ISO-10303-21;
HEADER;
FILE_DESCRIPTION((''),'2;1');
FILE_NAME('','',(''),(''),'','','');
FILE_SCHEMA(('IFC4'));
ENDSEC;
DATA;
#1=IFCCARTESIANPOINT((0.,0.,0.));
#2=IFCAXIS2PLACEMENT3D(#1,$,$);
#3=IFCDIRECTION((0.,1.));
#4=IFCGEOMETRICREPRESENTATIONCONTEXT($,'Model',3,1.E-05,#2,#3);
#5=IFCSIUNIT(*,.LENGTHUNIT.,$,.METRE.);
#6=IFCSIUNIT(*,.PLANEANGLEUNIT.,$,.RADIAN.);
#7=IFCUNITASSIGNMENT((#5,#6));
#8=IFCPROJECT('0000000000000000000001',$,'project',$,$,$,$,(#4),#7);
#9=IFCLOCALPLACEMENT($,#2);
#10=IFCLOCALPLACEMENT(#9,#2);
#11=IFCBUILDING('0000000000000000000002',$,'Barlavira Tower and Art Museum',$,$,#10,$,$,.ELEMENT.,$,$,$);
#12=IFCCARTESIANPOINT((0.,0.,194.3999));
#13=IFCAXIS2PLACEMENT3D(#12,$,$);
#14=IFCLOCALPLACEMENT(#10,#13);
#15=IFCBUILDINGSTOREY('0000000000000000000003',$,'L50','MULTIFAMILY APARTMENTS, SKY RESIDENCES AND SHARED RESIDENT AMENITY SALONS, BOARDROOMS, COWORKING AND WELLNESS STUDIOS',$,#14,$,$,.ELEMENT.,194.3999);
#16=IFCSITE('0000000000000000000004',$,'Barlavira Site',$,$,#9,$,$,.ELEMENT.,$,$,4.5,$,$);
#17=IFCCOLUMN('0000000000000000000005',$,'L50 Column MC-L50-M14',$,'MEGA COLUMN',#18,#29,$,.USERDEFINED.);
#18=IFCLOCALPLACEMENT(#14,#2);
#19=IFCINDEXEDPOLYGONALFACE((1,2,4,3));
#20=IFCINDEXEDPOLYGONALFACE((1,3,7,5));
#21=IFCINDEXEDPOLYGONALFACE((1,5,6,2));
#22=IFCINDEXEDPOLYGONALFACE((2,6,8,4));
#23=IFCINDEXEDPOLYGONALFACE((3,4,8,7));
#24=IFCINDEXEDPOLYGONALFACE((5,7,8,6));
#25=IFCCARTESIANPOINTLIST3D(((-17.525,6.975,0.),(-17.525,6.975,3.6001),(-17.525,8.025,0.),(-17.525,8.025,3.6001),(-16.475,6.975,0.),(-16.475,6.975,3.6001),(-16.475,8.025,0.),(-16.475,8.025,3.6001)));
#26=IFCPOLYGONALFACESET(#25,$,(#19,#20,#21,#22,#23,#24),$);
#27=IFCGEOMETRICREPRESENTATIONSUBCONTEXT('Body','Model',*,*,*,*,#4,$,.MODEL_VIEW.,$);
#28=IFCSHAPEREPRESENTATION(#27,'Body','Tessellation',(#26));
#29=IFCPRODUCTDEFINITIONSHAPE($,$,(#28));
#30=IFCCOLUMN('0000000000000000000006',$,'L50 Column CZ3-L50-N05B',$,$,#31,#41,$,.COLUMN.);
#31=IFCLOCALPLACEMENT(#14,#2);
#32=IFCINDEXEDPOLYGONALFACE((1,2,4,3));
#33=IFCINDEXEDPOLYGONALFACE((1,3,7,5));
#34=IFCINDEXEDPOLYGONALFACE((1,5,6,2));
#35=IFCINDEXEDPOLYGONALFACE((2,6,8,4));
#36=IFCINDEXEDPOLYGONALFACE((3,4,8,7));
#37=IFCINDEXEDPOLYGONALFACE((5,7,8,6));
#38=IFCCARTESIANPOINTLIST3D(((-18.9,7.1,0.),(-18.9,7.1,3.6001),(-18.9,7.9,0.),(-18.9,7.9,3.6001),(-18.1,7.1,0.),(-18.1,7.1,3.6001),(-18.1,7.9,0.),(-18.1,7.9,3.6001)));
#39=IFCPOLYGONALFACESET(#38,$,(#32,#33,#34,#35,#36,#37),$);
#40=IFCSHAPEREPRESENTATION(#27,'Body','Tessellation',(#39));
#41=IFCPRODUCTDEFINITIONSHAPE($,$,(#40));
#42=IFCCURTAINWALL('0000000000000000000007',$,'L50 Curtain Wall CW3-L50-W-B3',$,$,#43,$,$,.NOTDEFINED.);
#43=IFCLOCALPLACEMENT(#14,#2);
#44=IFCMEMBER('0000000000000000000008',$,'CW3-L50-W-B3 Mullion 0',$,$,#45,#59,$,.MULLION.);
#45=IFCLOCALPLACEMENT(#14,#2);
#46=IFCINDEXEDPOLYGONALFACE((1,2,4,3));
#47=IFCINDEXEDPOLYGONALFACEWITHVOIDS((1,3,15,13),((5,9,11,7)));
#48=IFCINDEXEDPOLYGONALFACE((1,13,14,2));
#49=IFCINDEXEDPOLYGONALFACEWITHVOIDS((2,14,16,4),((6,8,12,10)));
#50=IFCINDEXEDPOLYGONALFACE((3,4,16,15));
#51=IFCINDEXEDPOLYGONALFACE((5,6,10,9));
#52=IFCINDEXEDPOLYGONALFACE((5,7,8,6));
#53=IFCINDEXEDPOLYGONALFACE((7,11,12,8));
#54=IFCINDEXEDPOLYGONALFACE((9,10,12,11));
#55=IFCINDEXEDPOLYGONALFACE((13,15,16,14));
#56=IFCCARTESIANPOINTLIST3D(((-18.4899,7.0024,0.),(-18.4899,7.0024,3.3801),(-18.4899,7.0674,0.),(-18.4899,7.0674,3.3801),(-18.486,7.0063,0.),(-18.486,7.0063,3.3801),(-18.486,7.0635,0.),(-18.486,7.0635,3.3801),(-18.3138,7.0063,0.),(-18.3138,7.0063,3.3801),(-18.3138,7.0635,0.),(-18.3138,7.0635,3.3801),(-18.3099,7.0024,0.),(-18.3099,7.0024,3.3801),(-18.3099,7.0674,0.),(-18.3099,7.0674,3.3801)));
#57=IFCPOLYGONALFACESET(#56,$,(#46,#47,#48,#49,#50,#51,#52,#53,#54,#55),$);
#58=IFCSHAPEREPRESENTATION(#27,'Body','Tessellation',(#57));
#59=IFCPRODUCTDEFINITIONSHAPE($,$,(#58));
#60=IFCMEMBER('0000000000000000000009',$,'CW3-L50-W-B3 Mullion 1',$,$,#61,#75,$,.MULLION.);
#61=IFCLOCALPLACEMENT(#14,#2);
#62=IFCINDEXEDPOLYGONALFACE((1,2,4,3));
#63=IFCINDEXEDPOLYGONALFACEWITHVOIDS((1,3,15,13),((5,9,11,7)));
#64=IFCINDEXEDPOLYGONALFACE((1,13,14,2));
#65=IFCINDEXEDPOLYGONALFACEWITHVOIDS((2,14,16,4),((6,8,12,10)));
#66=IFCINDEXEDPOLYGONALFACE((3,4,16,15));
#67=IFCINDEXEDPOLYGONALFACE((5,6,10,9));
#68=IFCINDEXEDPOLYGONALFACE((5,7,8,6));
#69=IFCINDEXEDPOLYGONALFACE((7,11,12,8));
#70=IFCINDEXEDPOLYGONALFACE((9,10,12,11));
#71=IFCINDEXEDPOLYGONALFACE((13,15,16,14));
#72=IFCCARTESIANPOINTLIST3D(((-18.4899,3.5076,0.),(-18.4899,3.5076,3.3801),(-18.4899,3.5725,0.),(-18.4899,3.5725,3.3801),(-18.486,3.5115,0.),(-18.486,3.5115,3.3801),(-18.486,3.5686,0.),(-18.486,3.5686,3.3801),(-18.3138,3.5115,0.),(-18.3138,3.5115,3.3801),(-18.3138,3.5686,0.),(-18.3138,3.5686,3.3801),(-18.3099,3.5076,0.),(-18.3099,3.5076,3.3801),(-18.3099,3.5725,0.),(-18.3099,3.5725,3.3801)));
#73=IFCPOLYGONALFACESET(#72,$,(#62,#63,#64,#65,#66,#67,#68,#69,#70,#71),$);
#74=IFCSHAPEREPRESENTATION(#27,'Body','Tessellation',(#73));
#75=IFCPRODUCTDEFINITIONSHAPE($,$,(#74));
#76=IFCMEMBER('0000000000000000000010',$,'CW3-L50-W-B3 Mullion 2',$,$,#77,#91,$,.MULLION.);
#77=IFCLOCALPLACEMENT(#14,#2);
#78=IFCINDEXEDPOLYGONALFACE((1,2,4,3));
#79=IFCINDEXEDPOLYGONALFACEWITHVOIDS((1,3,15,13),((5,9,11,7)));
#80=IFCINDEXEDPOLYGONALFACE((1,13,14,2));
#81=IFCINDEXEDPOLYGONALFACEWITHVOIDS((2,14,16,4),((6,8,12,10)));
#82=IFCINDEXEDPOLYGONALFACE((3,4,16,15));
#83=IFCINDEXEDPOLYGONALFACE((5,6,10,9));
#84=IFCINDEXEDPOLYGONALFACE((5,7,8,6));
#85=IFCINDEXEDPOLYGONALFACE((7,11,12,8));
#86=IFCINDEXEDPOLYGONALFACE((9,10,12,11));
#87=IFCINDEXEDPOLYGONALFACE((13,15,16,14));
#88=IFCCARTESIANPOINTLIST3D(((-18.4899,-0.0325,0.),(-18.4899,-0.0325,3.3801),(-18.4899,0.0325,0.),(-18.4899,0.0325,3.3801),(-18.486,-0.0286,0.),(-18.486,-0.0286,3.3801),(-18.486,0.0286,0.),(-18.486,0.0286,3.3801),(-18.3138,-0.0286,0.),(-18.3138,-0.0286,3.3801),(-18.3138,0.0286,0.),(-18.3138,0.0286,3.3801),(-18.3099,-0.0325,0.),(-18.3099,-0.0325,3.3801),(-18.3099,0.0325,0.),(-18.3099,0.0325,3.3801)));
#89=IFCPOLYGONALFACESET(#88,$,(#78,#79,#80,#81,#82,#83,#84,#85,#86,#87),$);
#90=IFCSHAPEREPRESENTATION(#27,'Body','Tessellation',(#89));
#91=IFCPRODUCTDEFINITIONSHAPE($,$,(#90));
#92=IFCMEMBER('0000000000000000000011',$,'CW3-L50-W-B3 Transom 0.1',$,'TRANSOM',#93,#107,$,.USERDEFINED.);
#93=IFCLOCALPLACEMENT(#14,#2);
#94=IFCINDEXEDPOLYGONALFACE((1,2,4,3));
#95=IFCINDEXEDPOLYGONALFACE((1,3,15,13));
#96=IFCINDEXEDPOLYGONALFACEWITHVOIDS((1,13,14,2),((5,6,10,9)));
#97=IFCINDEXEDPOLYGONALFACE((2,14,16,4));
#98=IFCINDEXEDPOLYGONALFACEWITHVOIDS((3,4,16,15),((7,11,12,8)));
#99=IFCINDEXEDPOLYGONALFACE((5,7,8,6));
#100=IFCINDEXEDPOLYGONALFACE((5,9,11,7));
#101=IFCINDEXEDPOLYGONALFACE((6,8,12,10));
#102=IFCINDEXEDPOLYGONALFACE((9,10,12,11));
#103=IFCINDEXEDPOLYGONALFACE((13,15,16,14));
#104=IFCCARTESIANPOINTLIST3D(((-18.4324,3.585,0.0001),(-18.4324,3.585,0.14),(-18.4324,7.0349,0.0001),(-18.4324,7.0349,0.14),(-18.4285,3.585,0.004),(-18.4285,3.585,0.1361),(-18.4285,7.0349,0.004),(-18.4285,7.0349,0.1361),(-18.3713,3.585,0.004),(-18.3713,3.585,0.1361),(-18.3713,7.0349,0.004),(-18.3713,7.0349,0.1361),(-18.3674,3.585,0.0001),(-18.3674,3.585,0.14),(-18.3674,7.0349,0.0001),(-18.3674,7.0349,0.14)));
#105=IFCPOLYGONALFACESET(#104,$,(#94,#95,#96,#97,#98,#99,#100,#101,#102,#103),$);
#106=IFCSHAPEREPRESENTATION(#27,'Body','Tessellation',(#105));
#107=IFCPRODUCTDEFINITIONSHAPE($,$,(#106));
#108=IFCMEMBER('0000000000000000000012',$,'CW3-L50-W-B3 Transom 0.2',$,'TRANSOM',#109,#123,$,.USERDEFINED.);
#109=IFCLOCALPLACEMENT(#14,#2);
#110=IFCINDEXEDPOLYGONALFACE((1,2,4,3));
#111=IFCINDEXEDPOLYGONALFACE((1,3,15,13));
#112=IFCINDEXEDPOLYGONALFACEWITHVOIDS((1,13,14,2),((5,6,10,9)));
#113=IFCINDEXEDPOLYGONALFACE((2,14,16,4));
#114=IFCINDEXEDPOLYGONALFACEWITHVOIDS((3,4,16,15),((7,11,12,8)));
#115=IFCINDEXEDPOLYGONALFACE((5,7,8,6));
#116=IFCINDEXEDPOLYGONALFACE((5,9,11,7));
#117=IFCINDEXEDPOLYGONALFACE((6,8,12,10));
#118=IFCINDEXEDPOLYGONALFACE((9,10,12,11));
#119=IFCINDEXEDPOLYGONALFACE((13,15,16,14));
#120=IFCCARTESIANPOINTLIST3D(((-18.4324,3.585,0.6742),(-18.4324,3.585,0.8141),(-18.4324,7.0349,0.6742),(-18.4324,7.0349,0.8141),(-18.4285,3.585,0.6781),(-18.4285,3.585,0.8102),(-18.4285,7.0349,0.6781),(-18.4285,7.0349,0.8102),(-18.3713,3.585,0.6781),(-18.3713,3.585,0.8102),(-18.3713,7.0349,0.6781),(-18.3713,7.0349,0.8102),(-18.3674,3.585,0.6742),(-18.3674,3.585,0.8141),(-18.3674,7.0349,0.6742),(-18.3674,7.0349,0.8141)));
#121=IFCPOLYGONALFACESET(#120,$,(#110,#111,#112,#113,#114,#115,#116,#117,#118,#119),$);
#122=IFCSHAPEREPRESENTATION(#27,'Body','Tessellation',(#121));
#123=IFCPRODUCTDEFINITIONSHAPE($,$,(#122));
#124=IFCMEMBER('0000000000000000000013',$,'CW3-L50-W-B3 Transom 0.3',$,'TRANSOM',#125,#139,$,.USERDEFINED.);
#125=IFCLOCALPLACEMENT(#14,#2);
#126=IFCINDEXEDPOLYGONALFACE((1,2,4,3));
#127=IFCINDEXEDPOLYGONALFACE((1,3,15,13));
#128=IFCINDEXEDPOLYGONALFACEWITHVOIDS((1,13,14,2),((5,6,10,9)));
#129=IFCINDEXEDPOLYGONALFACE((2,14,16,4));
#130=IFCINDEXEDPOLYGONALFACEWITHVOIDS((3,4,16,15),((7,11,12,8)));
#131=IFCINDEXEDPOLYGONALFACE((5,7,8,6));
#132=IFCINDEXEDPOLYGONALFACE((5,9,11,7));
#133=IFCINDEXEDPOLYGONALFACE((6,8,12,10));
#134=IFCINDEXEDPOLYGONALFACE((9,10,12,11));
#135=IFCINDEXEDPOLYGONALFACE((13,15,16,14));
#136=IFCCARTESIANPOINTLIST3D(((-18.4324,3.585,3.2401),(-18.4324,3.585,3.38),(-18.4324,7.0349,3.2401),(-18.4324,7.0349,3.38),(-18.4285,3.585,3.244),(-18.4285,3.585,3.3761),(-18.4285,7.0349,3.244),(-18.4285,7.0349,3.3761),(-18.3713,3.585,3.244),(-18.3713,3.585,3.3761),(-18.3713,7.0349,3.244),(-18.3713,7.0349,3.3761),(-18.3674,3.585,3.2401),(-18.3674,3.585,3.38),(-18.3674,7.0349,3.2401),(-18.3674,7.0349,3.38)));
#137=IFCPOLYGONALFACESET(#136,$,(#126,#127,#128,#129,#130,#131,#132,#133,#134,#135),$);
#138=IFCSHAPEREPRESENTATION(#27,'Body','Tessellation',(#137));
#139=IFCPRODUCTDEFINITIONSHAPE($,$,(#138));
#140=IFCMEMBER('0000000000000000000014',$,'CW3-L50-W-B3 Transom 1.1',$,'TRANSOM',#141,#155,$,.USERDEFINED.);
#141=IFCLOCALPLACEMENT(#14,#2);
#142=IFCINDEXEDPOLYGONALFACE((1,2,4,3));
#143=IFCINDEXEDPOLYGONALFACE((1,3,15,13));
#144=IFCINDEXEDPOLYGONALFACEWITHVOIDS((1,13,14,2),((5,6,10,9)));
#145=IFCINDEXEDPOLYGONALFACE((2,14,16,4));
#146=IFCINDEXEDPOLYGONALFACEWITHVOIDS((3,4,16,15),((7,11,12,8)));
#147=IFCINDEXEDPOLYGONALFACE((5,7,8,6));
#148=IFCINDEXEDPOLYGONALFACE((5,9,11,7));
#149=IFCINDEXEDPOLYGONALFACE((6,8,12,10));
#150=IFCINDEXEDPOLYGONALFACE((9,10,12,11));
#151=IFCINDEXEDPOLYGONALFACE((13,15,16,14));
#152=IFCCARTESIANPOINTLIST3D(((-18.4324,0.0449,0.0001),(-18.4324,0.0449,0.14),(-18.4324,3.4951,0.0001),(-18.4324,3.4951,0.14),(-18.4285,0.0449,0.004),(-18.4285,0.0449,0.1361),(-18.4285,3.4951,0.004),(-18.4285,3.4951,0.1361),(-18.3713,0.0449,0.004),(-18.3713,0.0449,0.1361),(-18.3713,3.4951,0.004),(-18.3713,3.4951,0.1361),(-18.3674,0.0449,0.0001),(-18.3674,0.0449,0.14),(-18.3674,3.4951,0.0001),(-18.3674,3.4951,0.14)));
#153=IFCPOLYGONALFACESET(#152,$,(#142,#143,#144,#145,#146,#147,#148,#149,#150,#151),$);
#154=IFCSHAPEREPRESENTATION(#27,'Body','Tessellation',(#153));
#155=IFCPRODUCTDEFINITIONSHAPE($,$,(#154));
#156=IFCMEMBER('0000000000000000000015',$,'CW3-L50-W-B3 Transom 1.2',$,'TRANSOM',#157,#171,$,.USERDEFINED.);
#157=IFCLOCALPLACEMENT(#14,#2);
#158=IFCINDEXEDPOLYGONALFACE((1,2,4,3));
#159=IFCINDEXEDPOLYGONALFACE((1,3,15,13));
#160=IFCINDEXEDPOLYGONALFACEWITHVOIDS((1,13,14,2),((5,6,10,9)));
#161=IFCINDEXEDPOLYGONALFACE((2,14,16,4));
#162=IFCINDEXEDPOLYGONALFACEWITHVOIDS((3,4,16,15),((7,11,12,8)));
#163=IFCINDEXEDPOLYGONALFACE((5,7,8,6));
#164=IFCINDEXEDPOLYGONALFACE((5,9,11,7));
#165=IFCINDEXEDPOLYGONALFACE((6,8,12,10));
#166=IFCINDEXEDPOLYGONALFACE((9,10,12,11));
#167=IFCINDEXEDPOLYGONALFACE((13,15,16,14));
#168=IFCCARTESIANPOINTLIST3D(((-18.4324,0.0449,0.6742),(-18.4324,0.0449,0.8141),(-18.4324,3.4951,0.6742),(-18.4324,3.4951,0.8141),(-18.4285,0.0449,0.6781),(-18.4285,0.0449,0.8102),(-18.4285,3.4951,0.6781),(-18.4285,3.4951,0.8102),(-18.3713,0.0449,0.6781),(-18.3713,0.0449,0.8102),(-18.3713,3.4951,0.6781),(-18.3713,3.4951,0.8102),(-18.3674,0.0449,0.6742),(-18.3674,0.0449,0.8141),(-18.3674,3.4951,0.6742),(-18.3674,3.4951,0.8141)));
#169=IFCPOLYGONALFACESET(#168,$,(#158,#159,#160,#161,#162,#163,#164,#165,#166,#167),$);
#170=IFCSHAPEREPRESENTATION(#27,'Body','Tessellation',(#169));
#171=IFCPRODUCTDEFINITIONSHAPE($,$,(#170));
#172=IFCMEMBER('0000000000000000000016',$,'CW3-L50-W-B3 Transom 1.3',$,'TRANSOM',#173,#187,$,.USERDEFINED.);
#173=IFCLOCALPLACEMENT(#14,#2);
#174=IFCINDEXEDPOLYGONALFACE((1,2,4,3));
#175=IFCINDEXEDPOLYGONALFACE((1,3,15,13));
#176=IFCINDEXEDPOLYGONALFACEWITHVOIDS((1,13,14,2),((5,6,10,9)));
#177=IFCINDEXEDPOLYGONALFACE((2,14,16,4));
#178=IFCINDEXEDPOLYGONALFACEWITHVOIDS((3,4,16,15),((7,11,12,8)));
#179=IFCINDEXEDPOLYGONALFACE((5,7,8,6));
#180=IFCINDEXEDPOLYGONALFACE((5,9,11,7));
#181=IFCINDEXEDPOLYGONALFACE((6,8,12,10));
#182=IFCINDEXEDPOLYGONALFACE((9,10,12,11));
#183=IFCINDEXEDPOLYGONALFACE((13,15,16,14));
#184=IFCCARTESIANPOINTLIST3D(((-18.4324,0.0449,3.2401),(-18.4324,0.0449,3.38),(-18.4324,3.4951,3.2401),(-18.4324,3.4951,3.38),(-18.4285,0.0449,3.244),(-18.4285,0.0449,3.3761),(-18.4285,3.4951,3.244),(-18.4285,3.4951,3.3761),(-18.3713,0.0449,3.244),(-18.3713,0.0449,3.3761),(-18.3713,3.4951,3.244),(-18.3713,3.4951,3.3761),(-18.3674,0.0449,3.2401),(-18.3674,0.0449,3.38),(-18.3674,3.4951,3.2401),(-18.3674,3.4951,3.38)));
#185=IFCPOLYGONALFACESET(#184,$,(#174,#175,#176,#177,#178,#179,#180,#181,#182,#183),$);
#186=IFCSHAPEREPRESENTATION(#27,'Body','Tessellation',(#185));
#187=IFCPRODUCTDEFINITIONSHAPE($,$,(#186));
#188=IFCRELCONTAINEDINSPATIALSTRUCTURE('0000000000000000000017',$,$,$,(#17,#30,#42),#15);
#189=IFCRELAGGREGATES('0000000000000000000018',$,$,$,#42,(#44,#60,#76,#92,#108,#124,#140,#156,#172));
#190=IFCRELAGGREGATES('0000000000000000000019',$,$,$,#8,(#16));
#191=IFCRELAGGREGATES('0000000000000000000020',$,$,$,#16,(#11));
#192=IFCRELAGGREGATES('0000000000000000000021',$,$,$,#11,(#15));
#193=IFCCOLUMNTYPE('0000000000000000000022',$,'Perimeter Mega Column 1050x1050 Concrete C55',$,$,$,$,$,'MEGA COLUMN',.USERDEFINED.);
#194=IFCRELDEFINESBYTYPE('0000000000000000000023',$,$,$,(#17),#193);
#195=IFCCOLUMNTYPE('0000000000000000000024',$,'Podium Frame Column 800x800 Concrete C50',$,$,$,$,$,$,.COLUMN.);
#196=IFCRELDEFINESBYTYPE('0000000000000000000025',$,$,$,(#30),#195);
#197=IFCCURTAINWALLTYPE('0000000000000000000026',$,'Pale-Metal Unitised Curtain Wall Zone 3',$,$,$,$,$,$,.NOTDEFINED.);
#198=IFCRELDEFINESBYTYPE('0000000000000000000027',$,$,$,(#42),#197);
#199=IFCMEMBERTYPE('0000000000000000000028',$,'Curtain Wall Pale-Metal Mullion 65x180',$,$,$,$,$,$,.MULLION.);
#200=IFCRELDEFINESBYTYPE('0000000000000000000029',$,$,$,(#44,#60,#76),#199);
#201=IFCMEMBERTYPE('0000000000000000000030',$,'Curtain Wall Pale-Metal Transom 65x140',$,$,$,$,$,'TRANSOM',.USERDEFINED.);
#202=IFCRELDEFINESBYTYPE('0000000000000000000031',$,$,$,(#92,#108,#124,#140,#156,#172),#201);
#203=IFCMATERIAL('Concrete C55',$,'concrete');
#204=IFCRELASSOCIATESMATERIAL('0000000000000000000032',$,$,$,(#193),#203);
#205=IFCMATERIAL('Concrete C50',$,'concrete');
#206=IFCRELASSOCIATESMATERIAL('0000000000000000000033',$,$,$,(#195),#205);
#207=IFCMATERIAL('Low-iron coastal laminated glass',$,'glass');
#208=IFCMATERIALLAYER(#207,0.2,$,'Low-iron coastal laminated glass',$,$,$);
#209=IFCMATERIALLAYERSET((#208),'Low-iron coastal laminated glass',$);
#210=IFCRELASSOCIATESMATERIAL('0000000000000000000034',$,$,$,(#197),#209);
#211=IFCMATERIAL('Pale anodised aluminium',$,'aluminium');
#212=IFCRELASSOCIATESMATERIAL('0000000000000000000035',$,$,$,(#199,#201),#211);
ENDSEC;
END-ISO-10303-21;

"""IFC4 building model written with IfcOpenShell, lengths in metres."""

from ifc_helpers import new_model, si_unit, direction, frame, origin, origin_2d, place, context, subcontext, project, spatial, rectangle, hollow_rectangle, extrude, material, layer, layer_set, material_profile, profile_set, type_object, element, aggregate, save


model = new_model("IFC4")

# Units and contexts
model_context = context("Model", 3, precision=1e-05, world=origin(), true_north=direction((0.0, 1.0)))
body_context = subcontext(model_context, "Body", "Model", "MODEL_VIEW")
ifc_project = project(units=[si_unit("LENGTHUNIT", "METRE"), si_unit("PLANEANGLEUNIT", "RADIAN")], contexts=[model_context])

# Site, building, storey
site_placement = place(None, origin())
site = spatial("IfcSite", under=ifc_project, at=site_placement, Name="Barlavira Site", CompositionType="ELEMENT", RefElevation=4.5)
building_placement = place(site_placement, origin())
building = spatial("IfcBuilding", under=site, at=building_placement, Name="Barlavira Tower and Art Museum", CompositionType="ELEMENT")
storey_placement = place(building_placement, frame((0.0, 0.0, 194.3999)))
storey = spatial("IfcBuildingStorey", under=building, at=storey_placement, Name="L50", Description="MULTIFAMILY APARTMENTS, SKY RESIDENCES AND SHARED RESIDENT AMENITY SALONS, BOARDROOMS, COWORKING AND WELLNESS STUDIOS", CompositionType="ELEMENT", Elevation=194.3999)

# Columns
ifc_material_1 = material(Name="Concrete C55", Category="concrete")
ifc_material_profile_1 = material_profile(ifc_material_1, rectangle(XDim=1.05, YDim=1.05, at=origin_2d()), Name="RC-COL 1050x1050")
ifc_profile_set_1 = profile_set([ifc_material_profile_1], Name="Concrete C55")
column_type_1 = type_object("IfcColumnType", Name="Perimeter Mega Column 1050x1050 Concrete C55", ElementType="MEGA COLUMN", PredefinedType="USERDEFINED", material=ifc_profile_set_1)
column_1_placement = place(storey_placement, frame((-17.0, 7.5, 0.0), z_axis=(0.0, 0.0, 1.0), x_axis=(1.0, 0.0, 0.0)))
element("IfcColumn", 1, at=column_1_placement, inside=storey, type_object=column_type_1, Name="L50 Column MC-L50-M14", ObjectType="MEGA COLUMN", PredefinedType="USERDEFINED", context=body_context, shape_type="SweptSolid", body=[
    extrude(rectangle(XDim=1.05, YDim=1.05, at=origin_2d()), origin(), (0.0, 0.0, 1.0), 3.6001),
])
ifc_material_2 = material(Name="Concrete C50", Category="concrete")
ifc_material_profile_2 = material_profile(ifc_material_2, rectangle(XDim=0.8, YDim=0.8, at=origin_2d()), Name="RC-COL 800x800")
ifc_profile_set_2 = profile_set([ifc_material_profile_2], Name="Concrete C50")
column_type_2 = type_object("IfcColumnType", Name="Podium Frame Column 800x800 Concrete C50", PredefinedType="COLUMN", material=ifc_profile_set_2)
column_2_placement = place(storey_placement, frame((-18.5, 7.5, 0.0), z_axis=(0.0, 0.0, 1.0), x_axis=(1.0, 0.0, 0.0)))
element("IfcColumn", 2, at=column_2_placement, inside=storey, type_object=column_type_2, Name="L50 Column CZ3-L50-N05B", PredefinedType="COLUMN", context=body_context, shape_type="SweptSolid", body=[
    extrude(rectangle(XDim=0.8, YDim=0.8, at=origin_2d()), origin(), (0.0, 0.0, 1.0), 3.6001),
])

# Curtain wall, members
ifc_material_3 = material(Name="Low-iron coastal laminated glass", Category="glass")
ifc_layer_1 = layer(ifc_material_3, 0.2, Name="Low-iron coastal laminated glass")
ifc_layer_set_1 = layer_set([ifc_layer_1], Name="Low-iron coastal laminated glass")
curtain_wall_type = type_object("IfcCurtainWallType", Name="Pale-Metal Unitised Curtain Wall Zone 3", PredefinedType="NOTDEFINED", material=ifc_layer_set_1)
curtain_wall_placement = place(storey_placement, origin())
curtain_wall = element("IfcCurtainWall", 3, at=curtain_wall_placement, inside=storey, type_object=curtain_wall_type, Name="L50 Curtain Wall CW3-L50-W-B3", PredefinedType="NOTDEFINED")
ifc_material_4 = material(Name="Pale anodised aluminium", Category="aluminium")
ifc_material_profile_3 = material_profile(ifc_material_4, hollow_rectangle(XDim=0.0649, YDim=0.1799, WallThickness=0.0039, at=origin_2d()), Name="ALU-MULL 65x180x4")
ifc_profile_set_3 = profile_set([ifc_material_profile_3], Name="Pale anodised aluminium")
member_type_1 = type_object("IfcMemberType", Name="Curtain Wall Pale-Metal Mullion 65x180", PredefinedType="MULLION", material=ifc_profile_set_3)
member_1_placement = place(storey_placement, frame((-18.3999, 7.0349, 0.0), z_axis=(0.0, 0.0, 1.0), x_axis=(0.0, -1.0, 0.0)))
member_1 = element("IfcMember", 4, at=member_1_placement, type_object=member_type_1, Name="CW3-L50-W-B3 Mullion 0", PredefinedType="MULLION", context=body_context, shape_type="SweptSolid", body=[
    extrude(hollow_rectangle(XDim=0.0649, YDim=0.1799, WallThickness=0.0039, at=origin_2d()), origin(), (0.0, 0.0, 1.0), 3.3801),
])
member_2_placement = place(storey_placement, frame((-18.3999, 3.54, 0.0), z_axis=(0.0, 0.0, 1.0), x_axis=(0.0, -1.0, 0.0)))
member_2 = element("IfcMember", 5, at=member_2_placement, type_object=member_type_1, Name="CW3-L50-W-B3 Mullion 1", PredefinedType="MULLION", context=body_context, shape_type="SweptSolid", body=[
    extrude(hollow_rectangle(XDim=0.0649, YDim=0.1799, WallThickness=0.0039, at=origin_2d()), origin(), (0.0, 0.0, 1.0), 3.3801),
])
member_3_placement = place(storey_placement, frame((-18.3999, 0.0, 0.0), z_axis=(0.0, 0.0, 1.0), x_axis=(0.0, -1.0, 0.0)))
member_3 = element("IfcMember", 6, at=member_3_placement, type_object=member_type_1, Name="CW3-L50-W-B3 Mullion 2", PredefinedType="MULLION", context=body_context, shape_type="SweptSolid", body=[
    extrude(hollow_rectangle(XDim=0.0649, YDim=0.1799, WallThickness=0.0039, at=origin_2d()), origin(), (0.0, 0.0, 1.0), 3.3801),
])
ifc_material_profile_4 = material_profile(ifc_material_4, hollow_rectangle(XDim=0.0649, YDim=0.1399, WallThickness=0.0039, at=origin_2d()), Name="ALU-TRAN 65x140x4")
ifc_profile_set_4 = profile_set([ifc_material_profile_4], Name="Pale anodised aluminium")
member_type_2 = type_object("IfcMemberType", Name="Curtain Wall Pale-Metal Transom 65x140", ElementType="TRANSOM", PredefinedType="USERDEFINED", material=ifc_profile_set_4)
member_4_placement = place(storey_placement, frame((-18.3999, 7.0349, 0.0701), z_axis=(0.0, -1.0, 0.0), x_axis=(1.0, 0.0, 0.0)))
member_4 = element("IfcMember", 7, at=member_4_placement, type_object=member_type_2, Name="CW3-L50-W-B3 Transom 0.1", ObjectType="TRANSOM", PredefinedType="USERDEFINED", context=body_context, shape_type="SweptSolid", body=[
    extrude(hollow_rectangle(XDim=0.0649, YDim=0.1399, WallThickness=0.0039, at=origin_2d()), origin(), (0.0, 0.0, 1.0), 3.45),
])
member_5_placement = place(storey_placement, frame((-18.3999, 7.0349, 0.7441), z_axis=(0.0, -1.0, 0.0), x_axis=(1.0, 0.0, 0.0)))
member_5 = element("IfcMember", 8, at=member_5_placement, type_object=member_type_2, Name="CW3-L50-W-B3 Transom 0.2", ObjectType="TRANSOM", PredefinedType="USERDEFINED", context=body_context, shape_type="SweptSolid", body=[
    extrude(hollow_rectangle(XDim=0.0649, YDim=0.1399, WallThickness=0.0039, at=origin_2d()), origin(), (0.0, 0.0, 1.0), 3.45),
])
member_6_placement = place(storey_placement, frame((-18.3999, 7.0349, 3.3101), z_axis=(0.0, -1.0, 0.0), x_axis=(1.0, 0.0, 0.0)))
member_6 = element("IfcMember", 9, at=member_6_placement, type_object=member_type_2, Name="CW3-L50-W-B3 Transom 0.3", ObjectType="TRANSOM", PredefinedType="USERDEFINED", context=body_context, shape_type="SweptSolid", body=[
    extrude(hollow_rectangle(XDim=0.0649, YDim=0.1399, WallThickness=0.0039, at=origin_2d()), origin(), (0.0, 0.0, 1.0), 3.45),
])
member_7_placement = place(storey_placement, frame((-18.3999, 3.4951, 0.0701), z_axis=(0.0, -1.0, 0.0), x_axis=(1.0, 0.0, 0.0)))
member_7 = element("IfcMember", 10, at=member_7_placement, type_object=member_type_2, Name="CW3-L50-W-B3 Transom 1.1", ObjectType="TRANSOM", PredefinedType="USERDEFINED", context=body_context, shape_type="SweptSolid", body=[
    extrude(hollow_rectangle(XDim=0.0649, YDim=0.1399, WallThickness=0.0039, at=origin_2d()), origin(), (0.0, 0.0, 1.0), 3.4502),
])
member_8_placement = place(storey_placement, frame((-18.3999, 3.4951, 0.7441), z_axis=(0.0, -1.0, 0.0), x_axis=(1.0, 0.0, 0.0)))
member_8 = element("IfcMember", 11, at=member_8_placement, type_object=member_type_2, Name="CW3-L50-W-B3 Transom 1.2", ObjectType="TRANSOM", PredefinedType="USERDEFINED", context=body_context, shape_type="SweptSolid", body=[
    extrude(hollow_rectangle(XDim=0.0649, YDim=0.1399, WallThickness=0.0039, at=origin_2d()), origin(), (0.0, 0.0, 1.0), 3.4502),
])
member_9_placement = place(storey_placement, frame((-18.3999, 3.4951, 3.3101), z_axis=(0.0, -1.0, 0.0), x_axis=(1.0, 0.0, 0.0)))
member_9 = element("IfcMember", 12, at=member_9_placement, type_object=member_type_2, Name="CW3-L50-W-B3 Transom 1.3", ObjectType="TRANSOM", PredefinedType="USERDEFINED", context=body_context, shape_type="SweptSolid", body=[
    extrude(hollow_rectangle(XDim=0.0649, YDim=0.1399, WallThickness=0.0039, at=origin_2d()), origin(), (0.0, 0.0, 1.0), 3.4502),
])

aggregate(curtain_wall, [member_1, member_2, member_3, member_4, member_5, member_6, member_7, member_8, member_9])

save(model, "model.ifc")
